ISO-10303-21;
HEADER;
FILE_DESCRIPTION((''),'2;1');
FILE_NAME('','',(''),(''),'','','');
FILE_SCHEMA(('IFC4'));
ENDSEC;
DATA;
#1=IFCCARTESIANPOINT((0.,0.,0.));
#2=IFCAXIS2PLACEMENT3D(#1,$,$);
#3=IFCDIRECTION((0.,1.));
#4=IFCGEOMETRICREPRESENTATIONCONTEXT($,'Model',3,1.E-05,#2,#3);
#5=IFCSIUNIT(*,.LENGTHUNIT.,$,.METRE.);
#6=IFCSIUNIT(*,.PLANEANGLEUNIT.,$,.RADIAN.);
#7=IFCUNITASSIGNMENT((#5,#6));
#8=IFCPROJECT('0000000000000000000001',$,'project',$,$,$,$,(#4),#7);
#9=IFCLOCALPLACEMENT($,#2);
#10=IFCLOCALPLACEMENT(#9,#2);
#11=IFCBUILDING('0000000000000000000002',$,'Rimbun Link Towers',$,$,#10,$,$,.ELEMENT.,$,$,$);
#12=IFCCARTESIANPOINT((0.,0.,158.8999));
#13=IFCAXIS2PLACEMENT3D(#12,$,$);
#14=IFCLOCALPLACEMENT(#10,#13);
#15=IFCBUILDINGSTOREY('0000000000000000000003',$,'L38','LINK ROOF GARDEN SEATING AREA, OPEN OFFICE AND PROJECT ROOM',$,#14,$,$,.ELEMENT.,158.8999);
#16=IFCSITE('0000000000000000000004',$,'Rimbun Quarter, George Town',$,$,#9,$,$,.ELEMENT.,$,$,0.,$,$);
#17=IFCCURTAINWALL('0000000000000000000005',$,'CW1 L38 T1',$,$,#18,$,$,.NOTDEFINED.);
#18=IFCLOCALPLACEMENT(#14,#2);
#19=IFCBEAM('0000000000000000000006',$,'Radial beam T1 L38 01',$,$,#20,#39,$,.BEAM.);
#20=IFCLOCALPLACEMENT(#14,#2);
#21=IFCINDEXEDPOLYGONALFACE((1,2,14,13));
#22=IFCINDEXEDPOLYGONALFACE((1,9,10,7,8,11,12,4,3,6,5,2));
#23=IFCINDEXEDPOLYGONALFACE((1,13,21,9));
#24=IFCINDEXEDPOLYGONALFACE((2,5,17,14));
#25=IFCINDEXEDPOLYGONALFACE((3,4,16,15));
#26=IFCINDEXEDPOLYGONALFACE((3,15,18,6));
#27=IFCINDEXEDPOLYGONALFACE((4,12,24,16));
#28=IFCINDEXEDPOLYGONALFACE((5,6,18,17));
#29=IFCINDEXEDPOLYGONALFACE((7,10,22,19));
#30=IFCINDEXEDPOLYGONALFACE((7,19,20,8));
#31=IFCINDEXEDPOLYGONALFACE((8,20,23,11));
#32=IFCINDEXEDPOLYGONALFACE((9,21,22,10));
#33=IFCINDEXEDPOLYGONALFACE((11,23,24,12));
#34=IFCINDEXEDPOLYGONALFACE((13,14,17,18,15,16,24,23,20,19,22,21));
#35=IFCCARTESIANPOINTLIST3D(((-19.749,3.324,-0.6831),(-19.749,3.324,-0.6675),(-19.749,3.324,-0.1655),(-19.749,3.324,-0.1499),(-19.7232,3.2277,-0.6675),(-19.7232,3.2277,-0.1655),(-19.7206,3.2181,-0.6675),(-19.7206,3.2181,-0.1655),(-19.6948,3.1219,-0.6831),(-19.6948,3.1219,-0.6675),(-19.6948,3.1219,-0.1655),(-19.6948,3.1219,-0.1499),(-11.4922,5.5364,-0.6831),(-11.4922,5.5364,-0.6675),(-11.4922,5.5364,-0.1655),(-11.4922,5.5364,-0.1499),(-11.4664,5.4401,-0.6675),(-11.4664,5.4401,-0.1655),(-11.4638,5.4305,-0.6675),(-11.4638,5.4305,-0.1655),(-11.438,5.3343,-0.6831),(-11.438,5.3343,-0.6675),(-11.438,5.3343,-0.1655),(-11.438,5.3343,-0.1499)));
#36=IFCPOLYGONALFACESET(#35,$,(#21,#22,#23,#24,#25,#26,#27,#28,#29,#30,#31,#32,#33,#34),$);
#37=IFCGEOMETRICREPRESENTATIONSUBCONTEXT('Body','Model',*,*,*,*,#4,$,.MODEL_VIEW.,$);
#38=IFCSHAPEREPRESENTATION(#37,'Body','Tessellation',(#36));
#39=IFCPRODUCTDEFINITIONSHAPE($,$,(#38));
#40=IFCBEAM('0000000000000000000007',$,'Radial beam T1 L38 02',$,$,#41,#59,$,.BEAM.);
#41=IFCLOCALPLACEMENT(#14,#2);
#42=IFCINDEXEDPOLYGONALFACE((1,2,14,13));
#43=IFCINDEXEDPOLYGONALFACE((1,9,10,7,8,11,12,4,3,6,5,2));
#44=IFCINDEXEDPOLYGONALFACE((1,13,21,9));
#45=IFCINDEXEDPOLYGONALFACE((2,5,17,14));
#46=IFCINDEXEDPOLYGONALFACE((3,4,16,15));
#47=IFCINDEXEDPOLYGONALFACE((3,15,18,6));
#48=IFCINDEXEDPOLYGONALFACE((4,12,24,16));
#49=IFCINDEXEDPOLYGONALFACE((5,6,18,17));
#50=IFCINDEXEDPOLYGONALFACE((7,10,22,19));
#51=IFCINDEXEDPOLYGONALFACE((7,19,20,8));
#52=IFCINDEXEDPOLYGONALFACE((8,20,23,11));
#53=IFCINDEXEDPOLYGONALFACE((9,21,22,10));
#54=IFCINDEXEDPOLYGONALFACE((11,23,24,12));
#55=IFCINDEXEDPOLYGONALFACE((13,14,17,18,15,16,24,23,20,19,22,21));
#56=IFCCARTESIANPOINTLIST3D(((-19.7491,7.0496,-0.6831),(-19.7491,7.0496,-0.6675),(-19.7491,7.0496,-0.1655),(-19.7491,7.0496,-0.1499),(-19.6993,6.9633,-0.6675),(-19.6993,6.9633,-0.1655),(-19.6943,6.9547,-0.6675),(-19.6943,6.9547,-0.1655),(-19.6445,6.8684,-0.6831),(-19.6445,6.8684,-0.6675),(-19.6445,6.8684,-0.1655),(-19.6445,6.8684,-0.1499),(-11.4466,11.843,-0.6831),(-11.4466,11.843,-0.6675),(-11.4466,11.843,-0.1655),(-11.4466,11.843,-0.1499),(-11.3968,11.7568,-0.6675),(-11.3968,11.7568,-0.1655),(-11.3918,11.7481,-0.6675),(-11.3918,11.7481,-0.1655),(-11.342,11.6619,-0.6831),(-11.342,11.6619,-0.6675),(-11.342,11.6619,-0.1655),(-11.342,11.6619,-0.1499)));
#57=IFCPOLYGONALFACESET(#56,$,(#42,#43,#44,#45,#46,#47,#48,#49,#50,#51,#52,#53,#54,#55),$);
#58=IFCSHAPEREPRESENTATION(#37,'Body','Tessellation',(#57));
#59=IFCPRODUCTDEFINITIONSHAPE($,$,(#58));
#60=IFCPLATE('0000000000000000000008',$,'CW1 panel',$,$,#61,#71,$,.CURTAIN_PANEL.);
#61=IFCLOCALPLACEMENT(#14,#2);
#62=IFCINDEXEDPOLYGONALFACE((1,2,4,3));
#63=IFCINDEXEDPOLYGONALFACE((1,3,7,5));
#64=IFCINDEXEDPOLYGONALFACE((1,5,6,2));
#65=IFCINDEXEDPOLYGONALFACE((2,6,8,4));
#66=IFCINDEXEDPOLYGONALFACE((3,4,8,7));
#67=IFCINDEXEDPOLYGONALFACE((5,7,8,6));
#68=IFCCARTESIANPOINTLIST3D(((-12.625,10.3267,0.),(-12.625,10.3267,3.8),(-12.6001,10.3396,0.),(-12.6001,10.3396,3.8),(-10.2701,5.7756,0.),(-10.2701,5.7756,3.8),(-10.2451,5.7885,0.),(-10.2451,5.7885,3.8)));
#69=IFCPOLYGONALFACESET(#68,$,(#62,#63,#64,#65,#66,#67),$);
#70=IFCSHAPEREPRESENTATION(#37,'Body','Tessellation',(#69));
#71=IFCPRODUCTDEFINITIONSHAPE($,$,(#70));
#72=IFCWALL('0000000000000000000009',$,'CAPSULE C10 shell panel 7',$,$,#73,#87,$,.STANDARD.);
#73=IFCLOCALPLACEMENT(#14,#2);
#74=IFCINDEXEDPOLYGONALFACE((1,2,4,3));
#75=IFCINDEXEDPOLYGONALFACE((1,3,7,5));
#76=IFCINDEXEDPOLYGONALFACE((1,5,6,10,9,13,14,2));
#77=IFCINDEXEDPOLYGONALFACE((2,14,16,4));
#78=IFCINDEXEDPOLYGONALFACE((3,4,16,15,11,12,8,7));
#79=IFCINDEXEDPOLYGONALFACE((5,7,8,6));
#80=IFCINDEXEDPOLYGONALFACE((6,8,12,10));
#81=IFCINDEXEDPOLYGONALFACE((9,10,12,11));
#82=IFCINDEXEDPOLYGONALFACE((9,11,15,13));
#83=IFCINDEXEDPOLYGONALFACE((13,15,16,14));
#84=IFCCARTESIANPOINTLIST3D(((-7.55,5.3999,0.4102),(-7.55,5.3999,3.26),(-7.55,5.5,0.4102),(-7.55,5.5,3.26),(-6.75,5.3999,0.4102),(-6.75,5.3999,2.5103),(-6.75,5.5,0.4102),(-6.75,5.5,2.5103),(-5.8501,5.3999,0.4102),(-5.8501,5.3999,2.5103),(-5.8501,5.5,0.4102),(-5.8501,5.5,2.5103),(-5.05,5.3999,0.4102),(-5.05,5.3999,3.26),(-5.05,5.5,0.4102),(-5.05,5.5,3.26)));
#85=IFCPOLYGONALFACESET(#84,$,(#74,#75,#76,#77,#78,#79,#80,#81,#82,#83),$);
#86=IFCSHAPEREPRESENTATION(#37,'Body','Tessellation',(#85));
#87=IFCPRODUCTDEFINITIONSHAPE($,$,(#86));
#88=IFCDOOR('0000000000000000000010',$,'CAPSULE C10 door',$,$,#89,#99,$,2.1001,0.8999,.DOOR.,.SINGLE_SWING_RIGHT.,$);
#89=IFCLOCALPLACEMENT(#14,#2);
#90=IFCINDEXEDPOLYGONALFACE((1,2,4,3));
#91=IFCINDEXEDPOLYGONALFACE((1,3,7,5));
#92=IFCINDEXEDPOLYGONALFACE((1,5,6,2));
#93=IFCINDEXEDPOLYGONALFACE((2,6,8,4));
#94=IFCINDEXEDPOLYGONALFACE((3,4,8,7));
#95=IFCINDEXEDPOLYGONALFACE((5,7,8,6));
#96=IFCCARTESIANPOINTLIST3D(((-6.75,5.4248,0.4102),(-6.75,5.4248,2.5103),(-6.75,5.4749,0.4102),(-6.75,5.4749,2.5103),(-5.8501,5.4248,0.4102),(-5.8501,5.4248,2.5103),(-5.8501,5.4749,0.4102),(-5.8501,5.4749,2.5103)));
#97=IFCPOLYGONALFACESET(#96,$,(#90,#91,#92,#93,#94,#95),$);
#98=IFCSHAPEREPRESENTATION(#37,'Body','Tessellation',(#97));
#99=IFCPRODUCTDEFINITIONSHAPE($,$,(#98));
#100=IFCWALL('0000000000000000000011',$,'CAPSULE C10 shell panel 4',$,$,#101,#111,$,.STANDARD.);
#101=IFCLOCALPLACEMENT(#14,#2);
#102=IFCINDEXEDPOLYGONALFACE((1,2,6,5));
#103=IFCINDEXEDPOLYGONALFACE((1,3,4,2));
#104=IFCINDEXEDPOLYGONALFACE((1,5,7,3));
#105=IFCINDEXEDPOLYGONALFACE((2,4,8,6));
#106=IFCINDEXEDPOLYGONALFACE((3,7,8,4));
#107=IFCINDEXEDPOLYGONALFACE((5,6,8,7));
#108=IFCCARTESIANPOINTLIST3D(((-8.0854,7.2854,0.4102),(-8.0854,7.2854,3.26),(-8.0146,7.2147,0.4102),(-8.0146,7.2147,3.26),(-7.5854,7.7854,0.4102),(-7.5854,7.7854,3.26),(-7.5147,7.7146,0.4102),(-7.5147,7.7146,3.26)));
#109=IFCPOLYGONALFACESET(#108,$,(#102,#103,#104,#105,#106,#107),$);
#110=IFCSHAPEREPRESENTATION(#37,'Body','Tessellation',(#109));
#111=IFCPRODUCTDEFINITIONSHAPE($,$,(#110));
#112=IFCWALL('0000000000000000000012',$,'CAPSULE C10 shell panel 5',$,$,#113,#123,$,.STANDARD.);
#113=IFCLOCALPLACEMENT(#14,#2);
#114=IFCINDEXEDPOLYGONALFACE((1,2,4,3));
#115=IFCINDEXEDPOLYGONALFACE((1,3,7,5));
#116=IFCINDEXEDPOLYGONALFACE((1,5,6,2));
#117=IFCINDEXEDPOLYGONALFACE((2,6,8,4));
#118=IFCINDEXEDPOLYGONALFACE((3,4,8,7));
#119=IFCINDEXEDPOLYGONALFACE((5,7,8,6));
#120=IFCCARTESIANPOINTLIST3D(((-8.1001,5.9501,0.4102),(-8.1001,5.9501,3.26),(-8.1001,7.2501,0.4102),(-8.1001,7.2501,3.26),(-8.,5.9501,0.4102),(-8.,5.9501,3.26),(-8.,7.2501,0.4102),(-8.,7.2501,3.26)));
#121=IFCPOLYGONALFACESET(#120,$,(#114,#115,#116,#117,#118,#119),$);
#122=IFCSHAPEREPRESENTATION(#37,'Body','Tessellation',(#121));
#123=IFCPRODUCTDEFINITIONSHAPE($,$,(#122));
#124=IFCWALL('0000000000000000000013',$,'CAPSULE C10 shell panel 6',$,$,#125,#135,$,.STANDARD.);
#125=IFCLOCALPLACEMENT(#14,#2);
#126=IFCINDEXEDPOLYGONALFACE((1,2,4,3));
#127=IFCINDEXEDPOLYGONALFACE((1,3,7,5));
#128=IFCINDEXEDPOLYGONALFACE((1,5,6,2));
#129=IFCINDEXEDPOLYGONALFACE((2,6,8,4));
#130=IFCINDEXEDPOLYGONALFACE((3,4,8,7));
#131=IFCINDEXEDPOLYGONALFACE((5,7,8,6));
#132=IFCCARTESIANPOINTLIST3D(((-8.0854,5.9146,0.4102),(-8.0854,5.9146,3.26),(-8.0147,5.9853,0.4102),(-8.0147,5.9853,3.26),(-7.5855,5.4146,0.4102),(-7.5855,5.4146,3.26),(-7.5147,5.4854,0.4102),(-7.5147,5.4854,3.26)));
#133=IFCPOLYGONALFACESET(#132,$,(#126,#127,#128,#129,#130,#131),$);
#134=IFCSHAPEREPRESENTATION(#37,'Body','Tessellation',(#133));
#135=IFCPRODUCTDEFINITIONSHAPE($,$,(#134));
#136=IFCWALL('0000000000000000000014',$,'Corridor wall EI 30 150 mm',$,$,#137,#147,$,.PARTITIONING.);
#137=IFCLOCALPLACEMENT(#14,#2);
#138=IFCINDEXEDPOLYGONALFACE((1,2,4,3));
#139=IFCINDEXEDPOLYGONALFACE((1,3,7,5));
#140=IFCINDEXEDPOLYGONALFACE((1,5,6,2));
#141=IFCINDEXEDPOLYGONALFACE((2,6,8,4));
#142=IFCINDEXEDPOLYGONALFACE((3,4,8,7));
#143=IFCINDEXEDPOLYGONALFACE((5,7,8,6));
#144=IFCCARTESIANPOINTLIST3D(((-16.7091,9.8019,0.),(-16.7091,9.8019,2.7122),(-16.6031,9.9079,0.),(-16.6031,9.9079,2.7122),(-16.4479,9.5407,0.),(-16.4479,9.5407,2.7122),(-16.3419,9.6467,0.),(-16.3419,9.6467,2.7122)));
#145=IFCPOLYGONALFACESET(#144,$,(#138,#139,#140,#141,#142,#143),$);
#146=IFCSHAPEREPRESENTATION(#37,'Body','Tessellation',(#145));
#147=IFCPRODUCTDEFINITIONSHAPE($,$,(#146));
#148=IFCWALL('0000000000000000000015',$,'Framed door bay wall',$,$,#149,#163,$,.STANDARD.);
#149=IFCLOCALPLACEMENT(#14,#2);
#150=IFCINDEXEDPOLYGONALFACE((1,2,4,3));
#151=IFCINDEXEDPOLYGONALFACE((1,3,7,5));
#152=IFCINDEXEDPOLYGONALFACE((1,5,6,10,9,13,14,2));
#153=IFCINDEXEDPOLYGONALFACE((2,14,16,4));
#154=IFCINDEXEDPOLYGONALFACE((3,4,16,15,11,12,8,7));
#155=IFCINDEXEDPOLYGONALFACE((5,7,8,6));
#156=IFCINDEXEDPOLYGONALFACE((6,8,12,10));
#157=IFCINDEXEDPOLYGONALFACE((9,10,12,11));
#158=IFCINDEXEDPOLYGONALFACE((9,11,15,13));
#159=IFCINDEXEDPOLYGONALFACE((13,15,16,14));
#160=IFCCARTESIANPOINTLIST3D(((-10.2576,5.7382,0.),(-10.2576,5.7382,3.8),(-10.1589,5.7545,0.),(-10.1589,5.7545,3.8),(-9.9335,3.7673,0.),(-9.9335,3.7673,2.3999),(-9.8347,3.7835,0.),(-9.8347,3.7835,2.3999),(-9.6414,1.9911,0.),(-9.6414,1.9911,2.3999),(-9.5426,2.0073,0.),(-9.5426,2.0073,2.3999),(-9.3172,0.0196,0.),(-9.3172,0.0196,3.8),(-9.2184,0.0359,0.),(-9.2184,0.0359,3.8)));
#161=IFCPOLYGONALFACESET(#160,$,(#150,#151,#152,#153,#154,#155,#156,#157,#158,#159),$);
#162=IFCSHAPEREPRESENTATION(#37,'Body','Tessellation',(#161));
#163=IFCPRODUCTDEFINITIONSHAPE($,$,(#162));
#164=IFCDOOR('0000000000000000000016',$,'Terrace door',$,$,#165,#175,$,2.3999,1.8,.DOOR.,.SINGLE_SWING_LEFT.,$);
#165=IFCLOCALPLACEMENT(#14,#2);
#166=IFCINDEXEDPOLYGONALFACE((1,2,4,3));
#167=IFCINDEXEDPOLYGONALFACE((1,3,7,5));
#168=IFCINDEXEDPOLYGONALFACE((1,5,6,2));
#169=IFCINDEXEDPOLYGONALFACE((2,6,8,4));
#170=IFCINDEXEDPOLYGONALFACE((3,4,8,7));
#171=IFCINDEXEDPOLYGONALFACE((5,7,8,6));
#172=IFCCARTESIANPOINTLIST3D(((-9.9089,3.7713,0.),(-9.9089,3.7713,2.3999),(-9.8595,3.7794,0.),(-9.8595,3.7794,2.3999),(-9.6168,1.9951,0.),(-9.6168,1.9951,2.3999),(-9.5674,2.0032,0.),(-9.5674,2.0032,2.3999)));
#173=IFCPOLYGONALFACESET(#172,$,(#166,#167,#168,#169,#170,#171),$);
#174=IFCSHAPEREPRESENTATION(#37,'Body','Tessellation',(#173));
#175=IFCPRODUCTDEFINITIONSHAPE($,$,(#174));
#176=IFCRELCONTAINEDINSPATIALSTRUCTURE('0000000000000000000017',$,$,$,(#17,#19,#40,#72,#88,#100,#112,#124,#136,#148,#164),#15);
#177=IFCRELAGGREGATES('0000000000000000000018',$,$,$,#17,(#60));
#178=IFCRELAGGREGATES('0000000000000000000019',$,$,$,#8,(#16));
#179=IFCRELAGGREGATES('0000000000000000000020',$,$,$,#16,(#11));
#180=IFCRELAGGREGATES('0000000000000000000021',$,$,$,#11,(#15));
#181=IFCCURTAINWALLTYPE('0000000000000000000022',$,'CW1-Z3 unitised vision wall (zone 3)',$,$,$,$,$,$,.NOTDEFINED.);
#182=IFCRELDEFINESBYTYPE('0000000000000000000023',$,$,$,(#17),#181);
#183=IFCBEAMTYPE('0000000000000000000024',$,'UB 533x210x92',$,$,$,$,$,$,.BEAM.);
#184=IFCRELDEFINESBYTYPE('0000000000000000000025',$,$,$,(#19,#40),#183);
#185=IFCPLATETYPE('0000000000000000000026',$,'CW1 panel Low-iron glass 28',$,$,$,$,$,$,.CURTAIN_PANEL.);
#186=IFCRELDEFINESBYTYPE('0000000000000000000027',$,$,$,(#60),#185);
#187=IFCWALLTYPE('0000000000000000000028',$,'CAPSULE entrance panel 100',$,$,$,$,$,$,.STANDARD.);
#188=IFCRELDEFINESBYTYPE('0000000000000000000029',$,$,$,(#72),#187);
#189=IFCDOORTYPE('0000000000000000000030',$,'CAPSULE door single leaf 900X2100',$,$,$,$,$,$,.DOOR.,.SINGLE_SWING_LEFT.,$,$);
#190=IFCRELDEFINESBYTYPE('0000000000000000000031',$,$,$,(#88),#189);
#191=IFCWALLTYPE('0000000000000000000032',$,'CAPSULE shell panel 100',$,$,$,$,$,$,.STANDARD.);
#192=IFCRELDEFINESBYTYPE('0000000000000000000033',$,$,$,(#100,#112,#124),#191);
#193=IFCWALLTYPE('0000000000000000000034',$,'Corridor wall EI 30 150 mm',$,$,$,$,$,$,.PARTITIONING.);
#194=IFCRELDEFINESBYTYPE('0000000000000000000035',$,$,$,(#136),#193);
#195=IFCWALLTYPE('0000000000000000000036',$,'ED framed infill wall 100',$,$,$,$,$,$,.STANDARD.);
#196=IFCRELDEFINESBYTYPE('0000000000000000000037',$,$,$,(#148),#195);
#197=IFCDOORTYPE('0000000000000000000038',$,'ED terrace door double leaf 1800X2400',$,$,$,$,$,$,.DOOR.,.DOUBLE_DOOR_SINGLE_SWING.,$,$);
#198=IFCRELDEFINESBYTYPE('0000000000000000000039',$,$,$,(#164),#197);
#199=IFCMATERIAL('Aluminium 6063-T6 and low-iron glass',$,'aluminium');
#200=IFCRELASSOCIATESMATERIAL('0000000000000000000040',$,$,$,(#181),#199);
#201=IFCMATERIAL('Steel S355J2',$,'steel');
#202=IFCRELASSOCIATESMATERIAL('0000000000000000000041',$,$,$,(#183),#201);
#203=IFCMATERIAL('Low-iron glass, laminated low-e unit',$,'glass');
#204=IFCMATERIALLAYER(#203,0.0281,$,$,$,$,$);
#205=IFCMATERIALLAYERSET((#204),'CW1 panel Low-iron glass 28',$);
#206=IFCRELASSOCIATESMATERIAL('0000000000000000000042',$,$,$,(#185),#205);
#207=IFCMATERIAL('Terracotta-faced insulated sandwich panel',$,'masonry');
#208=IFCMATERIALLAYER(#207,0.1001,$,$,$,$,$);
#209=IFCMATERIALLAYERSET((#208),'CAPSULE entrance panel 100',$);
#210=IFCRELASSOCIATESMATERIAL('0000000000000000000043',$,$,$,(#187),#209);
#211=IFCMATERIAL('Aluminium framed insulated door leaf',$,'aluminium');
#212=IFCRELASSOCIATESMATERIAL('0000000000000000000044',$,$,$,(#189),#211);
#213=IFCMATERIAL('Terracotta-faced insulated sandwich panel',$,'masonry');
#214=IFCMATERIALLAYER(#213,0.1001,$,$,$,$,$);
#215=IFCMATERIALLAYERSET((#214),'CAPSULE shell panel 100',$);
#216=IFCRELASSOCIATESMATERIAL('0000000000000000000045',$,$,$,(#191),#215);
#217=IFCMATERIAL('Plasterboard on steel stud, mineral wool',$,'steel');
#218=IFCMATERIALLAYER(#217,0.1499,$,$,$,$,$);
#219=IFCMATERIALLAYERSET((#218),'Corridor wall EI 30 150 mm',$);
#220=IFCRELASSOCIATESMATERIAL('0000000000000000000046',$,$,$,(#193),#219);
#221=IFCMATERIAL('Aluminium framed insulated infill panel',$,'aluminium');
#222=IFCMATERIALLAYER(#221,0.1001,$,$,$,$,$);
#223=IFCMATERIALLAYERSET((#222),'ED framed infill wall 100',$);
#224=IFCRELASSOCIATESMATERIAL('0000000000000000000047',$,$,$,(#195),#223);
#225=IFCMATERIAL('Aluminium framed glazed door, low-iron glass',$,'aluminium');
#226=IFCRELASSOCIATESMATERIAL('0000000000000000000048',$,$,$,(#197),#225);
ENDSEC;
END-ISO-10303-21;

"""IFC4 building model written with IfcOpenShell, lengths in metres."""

from ifc_helpers import new_model, si_unit, direction, frame, frame_2d, origin, origin_2d, place, context, subcontext, project, spatial, rectangle, i_section, extrude, material, layer, layer_set, material_profile, profile_set, type_object, element, fill, aggregate, save


model = new_model("IFC4")

# Units and contexts
model_context = context("Model", 3, precision=1e-05, world=origin(), true_north=direction((0.0, 1.0)))
body_context = subcontext(model_context, "Body", "Model", "MODEL_VIEW")
ifc_project = project(units=[si_unit("LENGTHUNIT", "METRE"), si_unit("PLANEANGLEUNIT", "RADIAN")], contexts=[model_context])

# Site, building, storey
site_placement = place(None, origin())
site = spatial("IfcSite", under=ifc_project, at=site_placement, Name="Rimbun Quarter, George Town", CompositionType="ELEMENT", RefElevation=0.0)
building_placement = place(site_placement, origin())
building = spatial("IfcBuilding", under=site, at=building_placement, Name="Rimbun Link Towers", CompositionType="ELEMENT")
storey_placement = place(building_placement, frame((0.0, 0.0, 158.8999)))
storey = spatial("IfcBuildingStorey", under=building, at=storey_placement, Name="L38", Description="LINK ROOF GARDEN SEATING AREA, OPEN OFFICE AND PROJECT ROOM", CompositionType="ELEMENT", Elevation=158.8999)

# Curtain wall
ifc_material_1 = material(Name="Aluminium 6063-T6 and low-iron glass", Category="aluminium")
curtain_wall_type = type_object("IfcCurtainWallType", Name="CW1-Z3 unitised vision wall (zone 3)", PredefinedType="NOTDEFINED", material=ifc_material_1)
curtain_wall_placement = place(storey_placement, origin())
curtain_wall = element("IfcCurtainWall", 1, at=curtain_wall_placement, inside=storey, type_object=curtain_wall_type, Name="CW1 L38 T1", PredefinedType="NOTDEFINED")

# Beams
ifc_material_2 = material(Name="Steel S355J2", Category="steel")
ifc_material_profile_1 = material_profile(ifc_material_2, i_section(OverallWidth=0.2092, OverallDepth=0.5332, WebThickness=0.01, FlangeThickness=0.0156, at=origin_2d()), Name="UB 533x210x92")
ifc_profile_set_1 = profile_set([ifc_material_profile_1], Name="Steel S355J2")
beam_type_1 = type_object("IfcBeamType", Name="UB 533x210x92", PredefinedType="BEAM", material=ifc_profile_set_1)
beam_1_placement = place(storey_placement, frame((-19.7219, 3.2229, -0.4165), z_axis=(0.965926, 0.258818, 0.0), x_axis=(-0.258818, 0.965926, 0.0)))
element("IfcBeam", 2, at=beam_1_placement, inside=storey, type_object=beam_type_1, Name="Radial beam T1 L38 01", PredefinedType="BEAM", context=body_context, shape_type="SweptSolid", body=[
    extrude(i_section(OverallWidth=0.2092, OverallDepth=0.5332, WebThickness=0.01, FlangeThickness=0.0156, at=origin_2d()), origin(), (0.0, 0.0, 1.0), 8.5481),
])
beam_2_placement = place(storey_placement, frame((-19.6968, 6.959, -0.4165), z_axis=(0.866025, 0.500001, 0.0), x_axis=(-0.500001, 0.866025, 0.0)))
element("IfcBeam", 3, at=beam_2_placement, inside=storey, type_object=beam_type_1, Name="Radial beam T1 L38 02", PredefinedType="BEAM", context=body_context, shape_type="SweptSolid", body=[
    extrude(i_section(OverallWidth=0.2092, OverallDepth=0.5332, WebThickness=0.01, FlangeThickness=0.0156, at=origin_2d()), origin(), (0.0, 0.0, 1.0), 9.5869),
])

# Plate
ifc_material_3 = material(Name="Low-iron glass, laminated low-e unit", Category="glass")
ifc_layer_1 = layer(ifc_material_3, 0.0281)
ifc_layer_set_1 = layer_set([ifc_layer_1], Name="CW1 panel Low-iron glass 28")
plate_type = type_object("IfcPlateType", Name="CW1 panel Low-iron glass 28", PredefinedType="CURTAIN_PANEL", material=ifc_layer_set_1)
plate_placement = place(storey_placement, frame((-11.4351, 8.0576, 0.0), z_axis=(0.0, 0.0, 1.0), x_axis=(0.459565, -0.888144, 0.0)))
plate = element("IfcPlate", 4, at=plate_placement, type_object=plate_type, Name="CW1 panel", PredefinedType="CURTAIN_PANEL", context=body_context, shape_type="SweptSolid", body=[
    extrude(rectangle(XDim=5.1243, YDim=0.0281, at=origin_2d()), origin(), (0.0, 0.0, 1.0), 3.8),
])
aggregate(curtain_wall, [plate])

# Wall, opening, door
ifc_material_4 = material(Name="Terracotta-faced insulated sandwich panel", Category="masonry")
ifc_layer_2 = layer(ifc_material_4, 0.1001)
ifc_layer_set_2 = layer_set([ifc_layer_2], Name="CAPSULE entrance panel 100")
wall_type_1 = type_object("IfcWallType", Name="CAPSULE entrance panel 100", PredefinedType="STANDARD", material=ifc_layer_set_2)
wall_1_placement = place(storey_placement, frame((-7.55, 5.45, 0.4102), z_axis=(0.0, 0.0, 1.0), x_axis=(1.0, 0.0, 0.0)))
wall_1 = element("IfcWall", 5, at=wall_1_placement, inside=storey, type_object=wall_type_1, Name="CAPSULE C10 shell panel 7", PredefinedType="STANDARD", context=body_context, shape_type="SweptSolid", body=[
    extrude(rectangle(XDim=2.5, YDim=0.1001, at=frame_2d((1.25, 0.0))), origin(), (0.0, 0.0, 1.0), 2.8499),
])
opening_1_placement = place(wall_1_placement, frame((0.8, 0.0, 0.0)))
opening_1 = element("IfcOpeningElement", 6, at=opening_1_placement, cuts=wall_1, PredefinedType="OPENING", context=body_context, shape_type="SweptSolid", body=[
    extrude(rectangle(XDim=0.8999, YDim=2.1001, at=frame_2d((0.45, 1.05))), frame((0.0, 0.0601, 0.0), z_axis=(0.0, -1.0, 0.0), x_axis=(1.0, 0.0, 0.0)), (0.0, 0.0, 1.0), 0.1201),
])
ifc_material_5 = material(Name="Aluminium framed insulated door leaf", Category="aluminium")
door_type_1 = type_object("IfcDoorType", Name="CAPSULE door single leaf 900X2100", OperationType="SINGLE_SWING_LEFT", PredefinedType="DOOR", material=ifc_material_5)
door_1_placement = place(opening_1_placement, origin())
door_1 = element("IfcDoor", 7, at=door_1_placement, inside=storey, type_object=door_type_1, Name="CAPSULE C10 door", OperationType="SINGLE_SWING_RIGHT", OverallHeight=2.1001, OverallWidth=0.8999, PredefinedType="DOOR", context=body_context, shape_type="SweptSolid", body=[
    extrude(rectangle(XDim=0.8999, YDim=2.1001, at=frame_2d((0.45, 1.05))), frame((0.0, 0.0249, 0.0), z_axis=(0.0, -1.0, 0.0), x_axis=(1.0, 0.0, 0.0)), (0.0, 0.0, 1.0), 0.05),
])
fill(opening_1, door_1)

# Walls
ifc_material_6 = material(Name="Terracotta-faced insulated sandwich panel", Category="masonry")
ifc_layer_3 = layer(ifc_material_6, 0.1001)
ifc_layer_set_3 = layer_set([ifc_layer_3], Name="CAPSULE shell panel 100")
wall_type_2 = type_object("IfcWallType", Name="CAPSULE shell panel 100", PredefinedType="STANDARD", material=ifc_layer_set_3)
wall_2_placement = place(storey_placement, frame((-7.55, 7.75, 0.4102), z_axis=(0.0, 0.0, 1.0), x_axis=(-0.707107, -0.707107, 0.0)))
element("IfcWall", 8, at=wall_2_placement, inside=storey, type_object=wall_type_2, Name="CAPSULE C10 shell panel 4", PredefinedType="STANDARD", context=body_context, shape_type="SweptSolid", body=[
    extrude(rectangle(XDim=0.707, YDim=0.1001, at=frame_2d((0.3535, 0.0))), origin(), (0.0, 0.0, 1.0), 2.8499),
])
wall_3_placement = place(storey_placement, frame((-8.05, 7.25, 0.4102), z_axis=(0.0, 0.0, 1.0), x_axis=(0.0, -1.0, 0.0)))
element("IfcWall", 9, at=wall_3_placement, inside=storey, type_object=wall_type_2, Name="CAPSULE C10 shell panel 5", PredefinedType="STANDARD", context=body_context, shape_type="SweptSolid", body=[
    extrude(rectangle(XDim=1.3, YDim=0.1001, at=frame_2d((0.6499, 0.0))), origin(), (0.0, 0.0, 1.0), 2.8499),
])
wall_4_placement = place(storey_placement, frame((-8.05, 5.95, 0.4102), z_axis=(0.0, 0.0, 1.0), x_axis=(0.707107, -0.707107, 0.0)))
element("IfcWall", 10, at=wall_4_placement, inside=storey, type_object=wall_type_2, Name="CAPSULE C10 shell panel 6", PredefinedType="STANDARD", context=body_context, shape_type="SweptSolid", body=[
    extrude(rectangle(XDim=0.707, YDim=0.1001, at=frame_2d((0.3535, 0.0))), origin(), (0.0, 0.0, 1.0), 2.8499),
])
ifc_material_7 = material(Name="Plasterboard on steel stud, mineral wool", Category="steel")
ifc_layer_4 = layer(ifc_material_7, 0.1499)
ifc_layer_set_4 = layer_set([ifc_layer_4], Name="Corridor wall EI 30 150 mm")
wall_type_3 = type_object("IfcWallType", Name="Corridor wall EI 30 150 mm", PredefinedType="PARTITIONING", material=ifc_layer_set_4)
wall_5_placement = place(storey_placement, frame((-16.395, 9.5938, 0.0), z_axis=(0.0, 0.0, 1.0), x_axis=(-0.707107, 0.707107, 0.0)))
element("IfcWall", 11, at=wall_5_placement, inside=storey, type_object=wall_type_3, Name="Corridor wall EI 30 150 mm", PredefinedType="PARTITIONING", context=body_context, shape_type="SweptSolid", body=[
    extrude(rectangle(XDim=0.3694, YDim=0.1499, at=frame_2d((0.1846, 0.0))), origin(), (0.0, 0.0, 1.0), 2.7122),
])

# Wall, opening, door
ifc_material_8 = material(Name="Aluminium framed insulated infill panel", Category="aluminium")
ifc_layer_5 = layer(ifc_material_8, 0.1001)
ifc_layer_set_5 = layer_set([ifc_layer_5], Name="ED framed infill wall 100")
wall_type_4 = type_object("IfcWallType", Name="ED framed infill wall 100", PredefinedType="STANDARD", material=ifc_layer_set_5)
wall_6_placement = place(storey_placement, frame((-10.2083, 5.7463, 0.0), z_axis=(0.0, 0.0, 1.0), x_axis=(0.162274, -0.986746, 0.0)))
wall_6 = element("IfcWall", 12, at=wall_6_placement, inside=storey, type_object=wall_type_4, Name="Framed door bay wall", PredefinedType="STANDARD", context=body_context, shape_type="SweptSolid", body=[
    extrude(rectangle(XDim=5.7954, YDim=0.1001, at=frame_2d((2.8977, 0.0))), origin(), (0.0, 0.0, 1.0), 3.8),
])
opening_2_placement = place(wall_6_placement, frame((1.9976, 0.0, 0.0)))
opening_2 = element("IfcOpeningElement", 13, at=opening_2_placement, cuts=wall_6, PredefinedType="OPENING", context=body_context, shape_type="SweptSolid", body=[
    extrude(rectangle(XDim=1.8, YDim=2.3999, at=frame_2d((0.8999, 1.2))), frame((0.0, 0.0601, 0.0), z_axis=(0.0, -1.0, 0.0), x_axis=(1.0, 0.0, 0.0)), (0.0, 0.0, 1.0), 0.1201),
])
ifc_material_9 = material(Name="Aluminium framed glazed door, low-iron glass", Category="aluminium")
door_type_2 = type_object("IfcDoorType", Name="ED terrace door double leaf 1800X2400", OperationType="DOUBLE_DOOR_SINGLE_SWING", PredefinedType="DOOR", material=ifc_material_9)
door_2_placement = place(opening_2_placement, origin())
door_2 = element("IfcDoor", 14, at=door_2_placement, inside=storey, type_object=door_type_2, Name="Terrace door", OperationType="SINGLE_SWING_LEFT", OverallHeight=2.3999, OverallWidth=1.8, PredefinedType="DOOR", context=body_context, shape_type="SweptSolid", body=[
    extrude(rectangle(XDim=1.8, YDim=2.3999, at=frame_2d((0.8999, 1.2))), frame((0.0, 0.0249, 0.0), z_axis=(0.0, -1.0, 0.0), x_axis=(1.0, 0.0, 0.0)), (0.0, 0.0, 1.0), 0.05),
])
fill(opening_2, door_2)

save(model, "model.ifc")
